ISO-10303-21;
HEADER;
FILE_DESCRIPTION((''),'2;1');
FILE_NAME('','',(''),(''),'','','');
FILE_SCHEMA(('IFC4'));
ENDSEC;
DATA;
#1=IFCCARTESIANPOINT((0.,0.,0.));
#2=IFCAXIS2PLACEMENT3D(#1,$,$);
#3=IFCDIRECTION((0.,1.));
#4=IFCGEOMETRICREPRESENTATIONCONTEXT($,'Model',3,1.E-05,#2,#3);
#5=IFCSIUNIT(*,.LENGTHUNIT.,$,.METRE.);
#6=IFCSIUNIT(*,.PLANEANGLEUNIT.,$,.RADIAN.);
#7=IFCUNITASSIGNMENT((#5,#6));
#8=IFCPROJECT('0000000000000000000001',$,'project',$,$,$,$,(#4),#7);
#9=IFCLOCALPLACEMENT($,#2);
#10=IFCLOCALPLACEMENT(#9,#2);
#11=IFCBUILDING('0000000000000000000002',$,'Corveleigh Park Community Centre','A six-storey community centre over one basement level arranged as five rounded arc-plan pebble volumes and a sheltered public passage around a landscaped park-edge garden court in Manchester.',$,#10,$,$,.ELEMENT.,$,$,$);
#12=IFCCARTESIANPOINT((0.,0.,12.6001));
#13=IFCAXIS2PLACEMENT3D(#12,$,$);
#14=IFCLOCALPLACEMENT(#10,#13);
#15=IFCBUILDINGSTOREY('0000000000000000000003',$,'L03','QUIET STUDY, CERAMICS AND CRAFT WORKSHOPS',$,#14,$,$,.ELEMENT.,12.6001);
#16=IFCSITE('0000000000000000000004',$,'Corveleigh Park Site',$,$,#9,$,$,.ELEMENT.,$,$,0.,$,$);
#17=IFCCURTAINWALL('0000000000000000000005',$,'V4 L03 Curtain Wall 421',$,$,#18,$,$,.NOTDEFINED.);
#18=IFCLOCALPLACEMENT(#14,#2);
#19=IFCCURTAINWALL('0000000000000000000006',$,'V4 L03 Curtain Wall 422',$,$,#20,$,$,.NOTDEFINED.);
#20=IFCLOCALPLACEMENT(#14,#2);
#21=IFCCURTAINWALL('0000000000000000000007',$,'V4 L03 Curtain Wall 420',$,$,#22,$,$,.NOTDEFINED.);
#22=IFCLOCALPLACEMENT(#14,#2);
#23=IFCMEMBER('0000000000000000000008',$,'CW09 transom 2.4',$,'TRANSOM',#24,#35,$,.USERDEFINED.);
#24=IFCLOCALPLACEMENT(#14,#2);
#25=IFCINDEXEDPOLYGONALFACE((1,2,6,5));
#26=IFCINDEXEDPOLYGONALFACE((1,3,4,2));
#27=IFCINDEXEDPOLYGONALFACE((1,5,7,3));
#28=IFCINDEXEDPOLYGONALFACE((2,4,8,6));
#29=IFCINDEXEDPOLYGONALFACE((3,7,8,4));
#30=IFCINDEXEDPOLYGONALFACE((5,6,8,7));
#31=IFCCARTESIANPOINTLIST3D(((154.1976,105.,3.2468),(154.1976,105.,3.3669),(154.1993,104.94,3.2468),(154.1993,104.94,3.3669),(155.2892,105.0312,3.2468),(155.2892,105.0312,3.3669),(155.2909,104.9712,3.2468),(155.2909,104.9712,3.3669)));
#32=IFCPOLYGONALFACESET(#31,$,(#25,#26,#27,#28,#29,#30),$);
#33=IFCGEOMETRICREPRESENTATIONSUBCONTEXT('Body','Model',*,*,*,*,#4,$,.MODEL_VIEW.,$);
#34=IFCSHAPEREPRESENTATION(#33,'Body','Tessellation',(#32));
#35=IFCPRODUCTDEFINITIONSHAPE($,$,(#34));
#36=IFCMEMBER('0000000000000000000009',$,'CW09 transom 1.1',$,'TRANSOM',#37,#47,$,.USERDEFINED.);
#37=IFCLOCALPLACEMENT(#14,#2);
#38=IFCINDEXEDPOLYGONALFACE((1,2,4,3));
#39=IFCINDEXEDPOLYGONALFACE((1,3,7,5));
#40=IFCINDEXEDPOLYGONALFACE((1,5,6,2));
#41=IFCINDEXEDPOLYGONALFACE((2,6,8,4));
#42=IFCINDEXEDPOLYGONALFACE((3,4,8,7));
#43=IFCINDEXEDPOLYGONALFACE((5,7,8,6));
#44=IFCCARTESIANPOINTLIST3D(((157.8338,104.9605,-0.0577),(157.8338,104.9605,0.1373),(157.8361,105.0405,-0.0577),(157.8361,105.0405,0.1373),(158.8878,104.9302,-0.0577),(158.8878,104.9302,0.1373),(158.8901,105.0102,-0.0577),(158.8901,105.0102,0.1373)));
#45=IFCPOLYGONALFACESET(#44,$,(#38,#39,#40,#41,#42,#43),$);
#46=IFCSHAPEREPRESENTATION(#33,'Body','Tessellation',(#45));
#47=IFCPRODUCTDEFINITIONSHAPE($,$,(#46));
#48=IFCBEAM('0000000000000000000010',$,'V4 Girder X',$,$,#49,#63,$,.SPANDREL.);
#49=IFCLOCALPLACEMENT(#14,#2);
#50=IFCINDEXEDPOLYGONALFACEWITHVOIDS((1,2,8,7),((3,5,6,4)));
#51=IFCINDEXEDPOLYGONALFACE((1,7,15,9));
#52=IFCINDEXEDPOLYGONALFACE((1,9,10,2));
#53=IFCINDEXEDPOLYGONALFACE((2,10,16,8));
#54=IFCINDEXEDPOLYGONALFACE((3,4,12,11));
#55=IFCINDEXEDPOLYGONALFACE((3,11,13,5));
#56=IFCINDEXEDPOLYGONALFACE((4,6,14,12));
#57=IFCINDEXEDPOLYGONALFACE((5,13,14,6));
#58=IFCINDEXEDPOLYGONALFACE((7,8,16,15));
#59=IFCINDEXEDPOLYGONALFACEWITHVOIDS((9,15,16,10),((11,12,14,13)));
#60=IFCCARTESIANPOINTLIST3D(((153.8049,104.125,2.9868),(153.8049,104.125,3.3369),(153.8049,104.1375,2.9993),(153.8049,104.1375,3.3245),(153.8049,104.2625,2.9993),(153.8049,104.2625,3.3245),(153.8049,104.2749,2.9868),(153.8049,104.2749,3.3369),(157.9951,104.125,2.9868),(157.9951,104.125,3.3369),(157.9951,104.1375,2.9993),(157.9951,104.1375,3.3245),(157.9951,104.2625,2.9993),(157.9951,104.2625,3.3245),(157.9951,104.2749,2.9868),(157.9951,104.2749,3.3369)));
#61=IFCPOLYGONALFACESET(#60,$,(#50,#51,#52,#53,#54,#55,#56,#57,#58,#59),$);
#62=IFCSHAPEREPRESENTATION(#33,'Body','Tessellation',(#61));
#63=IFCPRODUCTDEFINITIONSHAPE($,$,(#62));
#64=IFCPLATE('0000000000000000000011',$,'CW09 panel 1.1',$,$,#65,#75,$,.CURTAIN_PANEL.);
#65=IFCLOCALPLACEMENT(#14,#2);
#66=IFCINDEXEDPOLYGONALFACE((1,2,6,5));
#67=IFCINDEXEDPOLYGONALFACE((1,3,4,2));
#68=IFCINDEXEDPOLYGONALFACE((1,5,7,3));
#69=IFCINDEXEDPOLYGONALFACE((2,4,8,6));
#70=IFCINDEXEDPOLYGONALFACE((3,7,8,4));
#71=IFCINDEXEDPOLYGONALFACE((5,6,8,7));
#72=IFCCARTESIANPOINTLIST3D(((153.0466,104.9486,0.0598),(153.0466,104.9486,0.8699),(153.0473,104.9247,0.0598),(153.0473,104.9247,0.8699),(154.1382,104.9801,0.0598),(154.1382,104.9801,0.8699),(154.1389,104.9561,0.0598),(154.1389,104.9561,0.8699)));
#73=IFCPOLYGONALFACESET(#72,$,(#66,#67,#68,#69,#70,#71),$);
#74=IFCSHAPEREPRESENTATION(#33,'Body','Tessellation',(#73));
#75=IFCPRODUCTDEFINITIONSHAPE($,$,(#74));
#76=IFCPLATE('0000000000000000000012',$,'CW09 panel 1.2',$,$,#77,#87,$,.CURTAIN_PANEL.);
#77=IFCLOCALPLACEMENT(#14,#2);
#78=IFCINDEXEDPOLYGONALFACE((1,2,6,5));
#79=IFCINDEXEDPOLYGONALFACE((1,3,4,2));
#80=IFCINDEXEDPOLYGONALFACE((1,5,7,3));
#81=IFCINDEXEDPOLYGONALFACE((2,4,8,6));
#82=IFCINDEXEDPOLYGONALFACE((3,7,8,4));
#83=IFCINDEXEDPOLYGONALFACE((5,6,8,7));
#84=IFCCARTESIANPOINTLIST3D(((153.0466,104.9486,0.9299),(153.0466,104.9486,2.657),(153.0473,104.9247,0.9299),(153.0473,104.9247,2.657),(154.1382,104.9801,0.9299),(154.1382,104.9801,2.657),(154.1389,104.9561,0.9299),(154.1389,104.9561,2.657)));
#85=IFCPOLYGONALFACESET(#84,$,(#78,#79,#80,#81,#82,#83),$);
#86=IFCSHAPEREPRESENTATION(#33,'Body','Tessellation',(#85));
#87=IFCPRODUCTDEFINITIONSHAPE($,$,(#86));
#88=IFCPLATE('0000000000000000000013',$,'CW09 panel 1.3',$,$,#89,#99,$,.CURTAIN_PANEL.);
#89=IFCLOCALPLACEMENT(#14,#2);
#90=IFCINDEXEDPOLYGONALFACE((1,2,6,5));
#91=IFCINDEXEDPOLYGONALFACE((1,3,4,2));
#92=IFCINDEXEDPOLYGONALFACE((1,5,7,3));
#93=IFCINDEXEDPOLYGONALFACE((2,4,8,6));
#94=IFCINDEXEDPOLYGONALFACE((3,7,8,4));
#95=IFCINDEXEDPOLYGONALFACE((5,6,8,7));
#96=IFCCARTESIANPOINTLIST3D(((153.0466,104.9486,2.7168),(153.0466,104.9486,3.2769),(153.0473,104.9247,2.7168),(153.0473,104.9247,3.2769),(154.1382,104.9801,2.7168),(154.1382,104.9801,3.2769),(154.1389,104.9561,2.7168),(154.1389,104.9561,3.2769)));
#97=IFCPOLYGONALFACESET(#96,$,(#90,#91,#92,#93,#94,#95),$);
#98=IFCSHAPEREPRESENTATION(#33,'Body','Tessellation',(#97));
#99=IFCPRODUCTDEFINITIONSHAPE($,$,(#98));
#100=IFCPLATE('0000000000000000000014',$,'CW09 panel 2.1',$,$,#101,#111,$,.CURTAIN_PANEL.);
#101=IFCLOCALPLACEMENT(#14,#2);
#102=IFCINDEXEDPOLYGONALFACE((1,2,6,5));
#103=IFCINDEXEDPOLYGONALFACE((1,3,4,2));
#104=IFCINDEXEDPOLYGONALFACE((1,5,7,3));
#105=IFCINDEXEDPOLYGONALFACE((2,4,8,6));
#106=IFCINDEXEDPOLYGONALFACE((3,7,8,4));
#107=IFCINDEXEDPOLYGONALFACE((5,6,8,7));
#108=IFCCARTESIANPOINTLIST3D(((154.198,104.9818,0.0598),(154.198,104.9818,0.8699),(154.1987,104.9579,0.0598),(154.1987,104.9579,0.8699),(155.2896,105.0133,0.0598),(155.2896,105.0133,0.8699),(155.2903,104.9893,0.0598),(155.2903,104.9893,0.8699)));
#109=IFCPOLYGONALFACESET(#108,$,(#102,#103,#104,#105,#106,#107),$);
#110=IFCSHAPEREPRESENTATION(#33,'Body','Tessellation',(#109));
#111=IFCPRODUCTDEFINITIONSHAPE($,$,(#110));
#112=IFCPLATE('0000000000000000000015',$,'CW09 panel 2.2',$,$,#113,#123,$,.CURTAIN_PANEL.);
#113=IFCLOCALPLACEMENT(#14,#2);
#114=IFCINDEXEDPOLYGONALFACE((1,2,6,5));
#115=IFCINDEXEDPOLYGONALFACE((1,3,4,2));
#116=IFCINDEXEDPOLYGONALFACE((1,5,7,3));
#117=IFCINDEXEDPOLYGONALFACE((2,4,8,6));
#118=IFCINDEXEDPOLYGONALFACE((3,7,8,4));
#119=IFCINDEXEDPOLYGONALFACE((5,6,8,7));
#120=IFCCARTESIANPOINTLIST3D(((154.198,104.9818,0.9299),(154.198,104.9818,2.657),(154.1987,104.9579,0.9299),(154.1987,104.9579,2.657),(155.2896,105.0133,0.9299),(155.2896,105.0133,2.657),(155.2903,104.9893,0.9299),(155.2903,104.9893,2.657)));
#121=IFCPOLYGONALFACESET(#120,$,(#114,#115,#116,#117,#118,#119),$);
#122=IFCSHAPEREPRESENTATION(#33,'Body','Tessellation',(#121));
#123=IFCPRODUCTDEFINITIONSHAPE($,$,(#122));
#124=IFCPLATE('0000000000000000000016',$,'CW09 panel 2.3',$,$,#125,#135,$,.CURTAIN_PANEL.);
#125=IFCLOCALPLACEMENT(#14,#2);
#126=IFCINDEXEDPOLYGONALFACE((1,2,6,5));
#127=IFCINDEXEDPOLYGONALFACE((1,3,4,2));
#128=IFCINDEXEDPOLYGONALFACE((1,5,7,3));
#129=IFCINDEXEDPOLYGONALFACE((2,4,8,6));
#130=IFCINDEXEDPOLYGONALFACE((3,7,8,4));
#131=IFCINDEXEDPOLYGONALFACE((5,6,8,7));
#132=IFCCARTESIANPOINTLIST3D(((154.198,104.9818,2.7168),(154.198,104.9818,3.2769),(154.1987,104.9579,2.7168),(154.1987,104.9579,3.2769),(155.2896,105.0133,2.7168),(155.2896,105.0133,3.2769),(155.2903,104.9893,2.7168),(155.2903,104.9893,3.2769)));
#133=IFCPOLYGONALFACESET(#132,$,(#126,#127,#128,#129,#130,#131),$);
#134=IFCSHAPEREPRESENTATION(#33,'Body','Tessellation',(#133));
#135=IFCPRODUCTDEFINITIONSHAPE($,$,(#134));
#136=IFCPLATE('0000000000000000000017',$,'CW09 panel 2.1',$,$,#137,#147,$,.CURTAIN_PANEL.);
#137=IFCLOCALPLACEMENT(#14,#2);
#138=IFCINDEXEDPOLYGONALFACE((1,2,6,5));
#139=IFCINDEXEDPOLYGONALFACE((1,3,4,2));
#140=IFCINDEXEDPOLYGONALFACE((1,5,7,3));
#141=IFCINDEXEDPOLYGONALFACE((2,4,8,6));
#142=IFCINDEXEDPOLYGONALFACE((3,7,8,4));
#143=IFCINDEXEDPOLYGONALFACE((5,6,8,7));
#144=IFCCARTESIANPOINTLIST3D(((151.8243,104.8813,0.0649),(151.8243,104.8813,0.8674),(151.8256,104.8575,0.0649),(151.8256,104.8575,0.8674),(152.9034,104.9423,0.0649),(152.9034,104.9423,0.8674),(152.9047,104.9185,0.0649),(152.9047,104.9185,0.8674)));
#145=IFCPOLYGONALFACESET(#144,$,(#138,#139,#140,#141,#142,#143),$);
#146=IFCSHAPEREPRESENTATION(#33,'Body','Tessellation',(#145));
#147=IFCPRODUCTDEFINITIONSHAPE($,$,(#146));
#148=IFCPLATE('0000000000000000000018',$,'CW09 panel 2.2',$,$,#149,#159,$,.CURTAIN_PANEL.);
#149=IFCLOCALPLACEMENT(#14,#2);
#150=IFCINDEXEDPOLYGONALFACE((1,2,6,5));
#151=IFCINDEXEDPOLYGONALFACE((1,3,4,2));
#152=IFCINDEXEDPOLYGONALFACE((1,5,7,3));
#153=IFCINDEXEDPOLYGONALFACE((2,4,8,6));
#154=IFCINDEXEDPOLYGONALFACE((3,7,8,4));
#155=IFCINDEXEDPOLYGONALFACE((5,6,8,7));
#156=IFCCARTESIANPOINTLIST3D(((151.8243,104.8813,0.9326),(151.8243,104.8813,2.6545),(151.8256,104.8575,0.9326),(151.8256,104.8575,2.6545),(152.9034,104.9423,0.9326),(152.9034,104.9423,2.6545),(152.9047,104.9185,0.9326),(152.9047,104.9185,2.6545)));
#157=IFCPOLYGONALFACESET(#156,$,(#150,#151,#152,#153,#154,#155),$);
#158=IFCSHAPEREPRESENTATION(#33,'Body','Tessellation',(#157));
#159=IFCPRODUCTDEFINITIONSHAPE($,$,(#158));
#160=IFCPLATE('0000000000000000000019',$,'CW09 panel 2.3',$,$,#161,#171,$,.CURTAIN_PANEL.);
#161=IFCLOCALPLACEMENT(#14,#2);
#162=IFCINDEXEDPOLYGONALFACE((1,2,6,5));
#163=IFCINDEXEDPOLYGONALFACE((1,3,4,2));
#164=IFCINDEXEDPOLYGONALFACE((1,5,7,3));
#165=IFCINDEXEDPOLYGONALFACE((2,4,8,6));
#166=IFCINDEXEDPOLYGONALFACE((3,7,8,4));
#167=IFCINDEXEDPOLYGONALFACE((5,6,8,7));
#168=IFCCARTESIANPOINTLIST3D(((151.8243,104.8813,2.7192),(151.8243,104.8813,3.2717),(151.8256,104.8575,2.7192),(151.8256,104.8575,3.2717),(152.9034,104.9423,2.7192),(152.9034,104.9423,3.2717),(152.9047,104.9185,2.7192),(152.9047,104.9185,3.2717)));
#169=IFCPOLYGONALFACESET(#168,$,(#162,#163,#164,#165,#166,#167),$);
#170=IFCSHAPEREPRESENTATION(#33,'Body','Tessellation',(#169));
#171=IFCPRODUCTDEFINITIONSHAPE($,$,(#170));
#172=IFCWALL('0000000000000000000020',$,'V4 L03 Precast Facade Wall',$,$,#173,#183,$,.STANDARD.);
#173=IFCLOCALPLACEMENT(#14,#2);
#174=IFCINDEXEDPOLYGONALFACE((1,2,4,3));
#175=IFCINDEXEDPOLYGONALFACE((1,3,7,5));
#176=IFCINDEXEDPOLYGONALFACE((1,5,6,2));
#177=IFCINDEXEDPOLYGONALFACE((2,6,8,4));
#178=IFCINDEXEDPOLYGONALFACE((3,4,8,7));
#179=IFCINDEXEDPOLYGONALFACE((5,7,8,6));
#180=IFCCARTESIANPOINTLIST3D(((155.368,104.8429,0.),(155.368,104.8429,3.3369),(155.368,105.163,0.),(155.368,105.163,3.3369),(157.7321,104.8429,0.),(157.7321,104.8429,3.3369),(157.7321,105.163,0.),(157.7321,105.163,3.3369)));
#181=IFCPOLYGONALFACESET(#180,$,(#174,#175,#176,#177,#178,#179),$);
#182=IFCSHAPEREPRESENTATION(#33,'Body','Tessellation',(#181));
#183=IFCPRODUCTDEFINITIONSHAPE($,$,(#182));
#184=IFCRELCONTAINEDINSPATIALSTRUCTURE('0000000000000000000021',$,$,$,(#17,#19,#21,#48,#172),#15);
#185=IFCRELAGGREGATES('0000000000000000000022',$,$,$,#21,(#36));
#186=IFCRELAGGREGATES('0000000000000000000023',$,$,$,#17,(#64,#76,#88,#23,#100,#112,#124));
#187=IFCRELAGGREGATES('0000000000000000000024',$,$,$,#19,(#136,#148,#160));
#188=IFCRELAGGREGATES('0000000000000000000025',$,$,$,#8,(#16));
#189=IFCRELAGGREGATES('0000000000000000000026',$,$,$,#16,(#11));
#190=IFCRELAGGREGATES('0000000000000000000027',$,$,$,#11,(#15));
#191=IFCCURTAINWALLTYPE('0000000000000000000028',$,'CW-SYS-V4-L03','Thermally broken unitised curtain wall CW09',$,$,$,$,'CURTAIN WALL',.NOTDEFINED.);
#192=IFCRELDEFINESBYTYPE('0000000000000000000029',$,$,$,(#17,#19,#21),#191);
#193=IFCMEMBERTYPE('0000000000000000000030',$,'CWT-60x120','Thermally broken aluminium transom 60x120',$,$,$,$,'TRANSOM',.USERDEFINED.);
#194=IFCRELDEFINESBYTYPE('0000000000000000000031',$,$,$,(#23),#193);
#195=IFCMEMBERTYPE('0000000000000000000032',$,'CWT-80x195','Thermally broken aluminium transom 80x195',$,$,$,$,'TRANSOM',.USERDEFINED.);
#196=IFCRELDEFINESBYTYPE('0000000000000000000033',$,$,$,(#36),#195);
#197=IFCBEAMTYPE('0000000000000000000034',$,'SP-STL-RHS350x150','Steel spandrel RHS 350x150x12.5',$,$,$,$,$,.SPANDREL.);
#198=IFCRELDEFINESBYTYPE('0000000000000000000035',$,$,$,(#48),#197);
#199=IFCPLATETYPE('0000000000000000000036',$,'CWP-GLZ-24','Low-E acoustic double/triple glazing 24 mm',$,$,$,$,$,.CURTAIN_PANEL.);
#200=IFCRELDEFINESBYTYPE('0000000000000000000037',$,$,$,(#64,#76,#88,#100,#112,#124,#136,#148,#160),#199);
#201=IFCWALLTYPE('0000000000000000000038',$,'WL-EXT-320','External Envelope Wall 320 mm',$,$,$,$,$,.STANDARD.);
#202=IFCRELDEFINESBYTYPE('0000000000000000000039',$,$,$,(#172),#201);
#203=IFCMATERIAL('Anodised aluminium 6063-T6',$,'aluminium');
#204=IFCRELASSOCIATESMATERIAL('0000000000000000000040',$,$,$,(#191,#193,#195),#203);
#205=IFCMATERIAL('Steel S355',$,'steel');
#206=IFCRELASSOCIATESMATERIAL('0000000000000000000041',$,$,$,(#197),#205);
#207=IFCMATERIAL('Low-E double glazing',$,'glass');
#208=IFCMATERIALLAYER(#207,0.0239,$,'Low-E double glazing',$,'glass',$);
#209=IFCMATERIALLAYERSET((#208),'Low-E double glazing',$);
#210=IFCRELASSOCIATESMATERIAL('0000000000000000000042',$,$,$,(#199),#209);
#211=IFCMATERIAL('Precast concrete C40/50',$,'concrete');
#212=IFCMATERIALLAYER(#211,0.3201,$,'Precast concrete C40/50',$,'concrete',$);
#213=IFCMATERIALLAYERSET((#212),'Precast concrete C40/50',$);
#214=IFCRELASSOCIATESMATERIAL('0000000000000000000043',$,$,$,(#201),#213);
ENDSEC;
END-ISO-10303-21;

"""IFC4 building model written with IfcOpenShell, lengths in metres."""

from ifc_helpers import new_model, si_unit, direction, frame, frame_2d, origin, origin_2d, place, context, subcontext, project, spatial, rectangle, hollow_rectangle, extrude, material, layer, layer_set, material_profile, profile_set, type_object, element, aggregate, save


model = new_model("IFC4")

# Units and contexts
model_context = context("Model", 3, precision=1e-05, world=origin(), true_north=direction((0.0, 1.0)))
body_context = subcontext(model_context, "Body", "Model", "MODEL_VIEW")
ifc_project = project(units=[si_unit("LENGTHUNIT", "METRE"), si_unit("PLANEANGLEUNIT", "RADIAN")], contexts=[model_context])

# Site, building, storey
site_placement = place(None, origin())
site = spatial("IfcSite", under=ifc_project, at=site_placement, Name="Corveleigh Park Site", CompositionType="ELEMENT", RefElevation=0.0)
building_placement = place(site_placement, origin())
building = spatial("IfcBuilding", under=site, at=building_placement, Name="Corveleigh Park Community Centre", Description="A six-storey community centre over one basement level arranged as five rounded arc-plan pebble volumes and a sheltered public passage around a landscaped park-edge garden court in Manchester.", CompositionType="ELEMENT")
storey_placement = place(building_placement, frame((0.0, 0.0, 12.6001)))
storey = spatial("IfcBuildingStorey", under=building, at=storey_placement, Name="L03", Description="QUIET STUDY, CERAMICS AND CRAFT WORKSHOPS", CompositionType="ELEMENT", Elevation=12.6001)

# Shared definitions
ifc_material_1 = material(Name="Steel S355", Category="steel")

# Curtain wall
ifc_material_2 = material(Name="Anodised aluminium 6063-T6", Category="aluminium")
curtain_wall_type = type_object("IfcCurtainWallType", Name="CW-SYS-V4-L03", Description="Thermally broken unitised curtain wall CW09", ElementType="CURTAIN WALL", PredefinedType="NOTDEFINED", material=ifc_material_2)
curtain_wall_1_placement = place(storey_placement, origin())
curtain_wall_1 = element("IfcCurtainWall", 1, at=curtain_wall_1_placement, inside=storey, type_object=curtain_wall_type, Name="V4 L03 Curtain Wall 421", PredefinedType="NOTDEFINED")

# Curtain walls
curtain_wall_2_placement = place(storey_placement, origin())
curtain_wall_2 = element("IfcCurtainWall", 2, at=curtain_wall_2_placement, inside=storey, type_object=curtain_wall_type, Name="V4 L03 Curtain Wall 422", PredefinedType="NOTDEFINED")
curtain_wall_3_placement = place(storey_placement, origin())
curtain_wall_3 = element("IfcCurtainWall", 3, at=curtain_wall_3_placement, inside=storey, type_object=curtain_wall_type, Name="V4 L03 Curtain Wall 420", PredefinedType="NOTDEFINED")

# Members
ifc_material_profile_1 = material_profile(ifc_material_2, rectangle(XDim=0.0601, YDim=0.1201, at=origin_2d()), Name="ALU-T60x120", Category="aluminium")
ifc_profile_set_1 = profile_set([ifc_material_profile_1], Name="Anodised aluminium 6063-T6")
member_type_1 = type_object("IfcMemberType", Name="CWT-60x120", Description="Thermally broken aluminium transom 60x120", ElementType="TRANSOM", PredefinedType="USERDEFINED", material=ifc_profile_set_1)
member_1_placement = place(storey_placement, frame((154.1985, 104.97, 3.3069), z_axis=(0.99959, 0.028617, 0.0), x_axis=(-0.028617, 0.99959, 0.0)))
member_1 = element("IfcMember", 4, at=member_1_placement, type_object=member_type_1, Name="CW09 transom 2.4", ObjectType="TRANSOM", PredefinedType="USERDEFINED", context=body_context, shape_type="SweptSolid", body=[
    extrude(rectangle(XDim=0.0601, YDim=0.1201, at=origin_2d()), origin(), (0.0, 0.0, 1.0), 1.092),
])
ifc_material_profile_2 = material_profile(ifc_material_2, rectangle(XDim=0.0801, YDim=0.1951, at=origin_2d()), Name="ALU-T80x195", Category="aluminium")
ifc_profile_set_2 = profile_set([ifc_material_profile_2], Name="Anodised aluminium 6063-T6")
member_type_2 = type_object("IfcMemberType", Name="CWT-80x195", Description="Thermally broken aluminium transom 80x195", ElementType="TRANSOM", PredefinedType="USERDEFINED", material=ifc_profile_set_2)
member_2_placement = place(storey_placement, frame((157.835, 105.0005, 0.0398), z_axis=(0.999588, -0.028712, 0.0), x_axis=(0.028712, 0.999588, 0.0)))
member_2 = element("IfcMember", 5, at=member_2_placement, type_object=member_type_2, Name="CW09 transom 1.1", ObjectType="TRANSOM", PredefinedType="USERDEFINED", context=body_context, shape_type="SweptSolid", body=[
    extrude(rectangle(XDim=0.0801, YDim=0.1951, at=origin_2d()), origin(), (0.0, 0.0, 1.0), 1.0544),
])
aggregate(curtain_wall_3, [member_2])

# Beam
ifc_material_profile_3 = material_profile(ifc_material_1, hollow_rectangle(XDim=0.1499, YDim=0.3501, WallThickness=0.0125, at=origin_2d()), Name="RHS 350x150x12.5", Category="steel")
ifc_profile_set_3 = profile_set([ifc_material_profile_3], Name="Steel S355")
beam_type = type_object("IfcBeamType", Name="SP-STL-RHS350x150", Description="Steel spandrel RHS 350x150x12.5", PredefinedType="SPANDREL", material=ifc_profile_set_3)
beam_placement = place(storey_placement, frame((153.8049, 104.2, 3.1619), z_axis=(1.0, 0.0, 0.0), x_axis=(0.0, 1.0, 0.0)))
element("IfcBeam", 6, at=beam_placement, inside=storey, type_object=beam_type, Name="V4 Girder X", PredefinedType="SPANDREL", context=body_context, shape_type="SweptSolid", body=[
    extrude(hollow_rectangle(XDim=0.1499, YDim=0.3501, WallThickness=0.0125, at=origin_2d()), origin(), (0.0, 0.0, 1.0), 4.1902),
])

# Plates
ifc_material_3 = material(Name="Low-E double glazing", Category="glass")
ifc_layer_1 = layer(ifc_material_3, 0.0239, Name="Low-E double glazing", Category="glass")
ifc_layer_set_1 = layer_set([ifc_layer_1], Name="Low-E double glazing")
plate_type = type_object("IfcPlateType", Name="CWP-GLZ-24", Description="Low-E acoustic double/triple glazing 24 mm", PredefinedType="CURTAIN_PANEL", material=ifc_layer_set_1)
plate_1_placement = place(storey_placement, frame((153.5928, 104.9524, 0.0598), z_axis=(0.0, 0.0, 1.0), x_axis=(0.999586, 0.028765, 0.0)))
plate_1 = element("IfcPlate", 7, at=plate_1_placement, type_object=plate_type, Name="CW09 panel 1.1", PredefinedType="CURTAIN_PANEL", context=body_context, shape_type="SweptSolid", body=[
    extrude(rectangle(XDim=1.092, YDim=0.0239, at=origin_2d()), origin(), (0.0, 0.0, 1.0), 0.8101),
])
plate_2_placement = place(storey_placement, frame((153.5928, 104.9524, 0.9299), z_axis=(0.0, 0.0, 1.0), x_axis=(0.999586, 0.028765, 0.0)))
plate_2 = element("IfcPlate", 8, at=plate_2_placement, type_object=plate_type, Name="CW09 panel 1.2", PredefinedType="CURTAIN_PANEL", context=body_context, shape_type="SweptSolid", body=[
    extrude(rectangle(XDim=1.092, YDim=0.0239, at=origin_2d()), origin(), (0.0, 0.0, 1.0), 1.7271),
])
plate_3_placement = place(storey_placement, frame((153.5928, 104.9524, 2.7168), z_axis=(0.0, 0.0, 1.0), x_axis=(0.999586, 0.028765, 0.0)))
plate_3 = element("IfcPlate", 9, at=plate_3_placement, type_object=plate_type, Name="CW09 panel 1.3", PredefinedType="CURTAIN_PANEL", context=body_context, shape_type="SweptSolid", body=[
    extrude(rectangle(XDim=1.092, YDim=0.0239, at=origin_2d()), origin(), (0.0, 0.0, 1.0), 0.5601),
])
plate_4_placement = place(storey_placement, frame((154.7441, 104.9856, 0.0598), z_axis=(0.0, 0.0, 1.0), x_axis=(0.999586, 0.028765, 0.0)))
plate_4 = element("IfcPlate", 10, at=plate_4_placement, type_object=plate_type, Name="CW09 panel 2.1", PredefinedType="CURTAIN_PANEL", context=body_context, shape_type="SweptSolid", body=[
    extrude(rectangle(XDim=1.092, YDim=0.0239, at=origin_2d()), origin(), (0.0, 0.0, 1.0), 0.8101),
])
plate_5_placement = place(storey_placement, frame((154.7441, 104.9856, 0.9299), z_axis=(0.0, 0.0, 1.0), x_axis=(0.999586, 0.028765, 0.0)))
plate_5 = element("IfcPlate", 11, at=plate_5_placement, type_object=plate_type, Name="CW09 panel 2.2", PredefinedType="CURTAIN_PANEL", context=body_context, shape_type="SweptSolid", body=[
    extrude(rectangle(XDim=1.092, YDim=0.0239, at=origin_2d()), origin(), (0.0, 0.0, 1.0), 1.7271),
])
plate_6_placement = place(storey_placement, frame((154.7441, 104.9856, 2.7168), z_axis=(0.0, 0.0, 1.0), x_axis=(0.999586, 0.028765, 0.0)))
plate_6 = element("IfcPlate", 12, at=plate_6_placement, type_object=plate_type, Name="CW09 panel 2.3", PredefinedType="CURTAIN_PANEL", context=body_context, shape_type="SweptSolid", body=[
    extrude(rectangle(XDim=1.092, YDim=0.0239, at=origin_2d()), origin(), (0.0, 0.0, 1.0), 0.5601),
])
aggregate(curtain_wall_1, [plate_1, plate_2, plate_3, member_1, plate_4, plate_5, plate_6])
plate_7_placement = place(storey_placement, frame((152.3645, 104.8999, 0.0649), z_axis=(0.0, 0.0, 1.0), x_axis=(0.998406, 0.056434, 0.0)))
plate_7 = element("IfcPlate", 13, at=plate_7_placement, type_object=plate_type, Name="CW09 panel 2.1", PredefinedType="CURTAIN_PANEL", context=body_context, shape_type="SweptSolid", body=[
    extrude(rectangle(XDim=1.0808, YDim=0.0239, at=origin_2d()), origin(), (0.0, 0.0, 1.0), 0.8025),
])
plate_8_placement = place(storey_placement, frame((152.3645, 104.8999, 0.9326), z_axis=(0.0, 0.0, 1.0), x_axis=(0.998406, 0.056434, 0.0)))
plate_8 = element("IfcPlate", 14, at=plate_8_placement, type_object=plate_type, Name="CW09 panel 2.2", PredefinedType="CURTAIN_PANEL", context=body_context, shape_type="SweptSolid", body=[
    extrude(rectangle(XDim=1.0808, YDim=0.0239, at=origin_2d()), origin(), (0.0, 0.0, 1.0), 1.7219),
])
plate_9_placement = place(storey_placement, frame((152.3645, 104.8999, 2.7192), z_axis=(0.0, 0.0, 1.0), x_axis=(0.998406, 0.056434, 0.0)))
plate_9 = element("IfcPlate", 15, at=plate_9_placement, type_object=plate_type, Name="CW09 panel 2.3", PredefinedType="CURTAIN_PANEL", context=body_context, shape_type="SweptSolid", body=[
    extrude(rectangle(XDim=1.0808, YDim=0.0239, at=origin_2d()), origin(), (0.0, 0.0, 1.0), 0.5525),
])
aggregate(curtain_wall_2, [plate_7, plate_8, plate_9])

# Wall
ifc_material_4 = material(Name="Precast concrete C40/50", Category="concrete")
ifc_layer_2 = layer(ifc_material_4, 0.3201, Name="Precast concrete C40/50", Category="concrete")
ifc_layer_set_2 = layer_set([ifc_layer_2], Name="Precast concrete C40/50")
wall_type_1 = type_object("IfcWallType", Name="WL-EXT-320", Description="External Envelope Wall 320 mm", PredefinedType="STANDARD", material=ifc_layer_set_2)
wall_1_placement = place(storey_placement, frame((155.3679, 105.0029, 0.0), z_axis=(0.0, 0.0, 1.0), x_axis=(1.0, 0.0, 0.0)))
element("IfcWall", 16, at=wall_1_placement, inside=storey, type_object=wall_type_1, Name="V4 L03 Precast Facade Wall", PredefinedType="STANDARD", context=body_context, shape_type="SweptSolid", body=[
    extrude(rectangle(XDim=2.364, YDim=0.3201, at=frame_2d((1.1821, 0.0))), origin(), (0.0, 0.0, 1.0), 3.3369),
])

save(model, "model.ifc")
